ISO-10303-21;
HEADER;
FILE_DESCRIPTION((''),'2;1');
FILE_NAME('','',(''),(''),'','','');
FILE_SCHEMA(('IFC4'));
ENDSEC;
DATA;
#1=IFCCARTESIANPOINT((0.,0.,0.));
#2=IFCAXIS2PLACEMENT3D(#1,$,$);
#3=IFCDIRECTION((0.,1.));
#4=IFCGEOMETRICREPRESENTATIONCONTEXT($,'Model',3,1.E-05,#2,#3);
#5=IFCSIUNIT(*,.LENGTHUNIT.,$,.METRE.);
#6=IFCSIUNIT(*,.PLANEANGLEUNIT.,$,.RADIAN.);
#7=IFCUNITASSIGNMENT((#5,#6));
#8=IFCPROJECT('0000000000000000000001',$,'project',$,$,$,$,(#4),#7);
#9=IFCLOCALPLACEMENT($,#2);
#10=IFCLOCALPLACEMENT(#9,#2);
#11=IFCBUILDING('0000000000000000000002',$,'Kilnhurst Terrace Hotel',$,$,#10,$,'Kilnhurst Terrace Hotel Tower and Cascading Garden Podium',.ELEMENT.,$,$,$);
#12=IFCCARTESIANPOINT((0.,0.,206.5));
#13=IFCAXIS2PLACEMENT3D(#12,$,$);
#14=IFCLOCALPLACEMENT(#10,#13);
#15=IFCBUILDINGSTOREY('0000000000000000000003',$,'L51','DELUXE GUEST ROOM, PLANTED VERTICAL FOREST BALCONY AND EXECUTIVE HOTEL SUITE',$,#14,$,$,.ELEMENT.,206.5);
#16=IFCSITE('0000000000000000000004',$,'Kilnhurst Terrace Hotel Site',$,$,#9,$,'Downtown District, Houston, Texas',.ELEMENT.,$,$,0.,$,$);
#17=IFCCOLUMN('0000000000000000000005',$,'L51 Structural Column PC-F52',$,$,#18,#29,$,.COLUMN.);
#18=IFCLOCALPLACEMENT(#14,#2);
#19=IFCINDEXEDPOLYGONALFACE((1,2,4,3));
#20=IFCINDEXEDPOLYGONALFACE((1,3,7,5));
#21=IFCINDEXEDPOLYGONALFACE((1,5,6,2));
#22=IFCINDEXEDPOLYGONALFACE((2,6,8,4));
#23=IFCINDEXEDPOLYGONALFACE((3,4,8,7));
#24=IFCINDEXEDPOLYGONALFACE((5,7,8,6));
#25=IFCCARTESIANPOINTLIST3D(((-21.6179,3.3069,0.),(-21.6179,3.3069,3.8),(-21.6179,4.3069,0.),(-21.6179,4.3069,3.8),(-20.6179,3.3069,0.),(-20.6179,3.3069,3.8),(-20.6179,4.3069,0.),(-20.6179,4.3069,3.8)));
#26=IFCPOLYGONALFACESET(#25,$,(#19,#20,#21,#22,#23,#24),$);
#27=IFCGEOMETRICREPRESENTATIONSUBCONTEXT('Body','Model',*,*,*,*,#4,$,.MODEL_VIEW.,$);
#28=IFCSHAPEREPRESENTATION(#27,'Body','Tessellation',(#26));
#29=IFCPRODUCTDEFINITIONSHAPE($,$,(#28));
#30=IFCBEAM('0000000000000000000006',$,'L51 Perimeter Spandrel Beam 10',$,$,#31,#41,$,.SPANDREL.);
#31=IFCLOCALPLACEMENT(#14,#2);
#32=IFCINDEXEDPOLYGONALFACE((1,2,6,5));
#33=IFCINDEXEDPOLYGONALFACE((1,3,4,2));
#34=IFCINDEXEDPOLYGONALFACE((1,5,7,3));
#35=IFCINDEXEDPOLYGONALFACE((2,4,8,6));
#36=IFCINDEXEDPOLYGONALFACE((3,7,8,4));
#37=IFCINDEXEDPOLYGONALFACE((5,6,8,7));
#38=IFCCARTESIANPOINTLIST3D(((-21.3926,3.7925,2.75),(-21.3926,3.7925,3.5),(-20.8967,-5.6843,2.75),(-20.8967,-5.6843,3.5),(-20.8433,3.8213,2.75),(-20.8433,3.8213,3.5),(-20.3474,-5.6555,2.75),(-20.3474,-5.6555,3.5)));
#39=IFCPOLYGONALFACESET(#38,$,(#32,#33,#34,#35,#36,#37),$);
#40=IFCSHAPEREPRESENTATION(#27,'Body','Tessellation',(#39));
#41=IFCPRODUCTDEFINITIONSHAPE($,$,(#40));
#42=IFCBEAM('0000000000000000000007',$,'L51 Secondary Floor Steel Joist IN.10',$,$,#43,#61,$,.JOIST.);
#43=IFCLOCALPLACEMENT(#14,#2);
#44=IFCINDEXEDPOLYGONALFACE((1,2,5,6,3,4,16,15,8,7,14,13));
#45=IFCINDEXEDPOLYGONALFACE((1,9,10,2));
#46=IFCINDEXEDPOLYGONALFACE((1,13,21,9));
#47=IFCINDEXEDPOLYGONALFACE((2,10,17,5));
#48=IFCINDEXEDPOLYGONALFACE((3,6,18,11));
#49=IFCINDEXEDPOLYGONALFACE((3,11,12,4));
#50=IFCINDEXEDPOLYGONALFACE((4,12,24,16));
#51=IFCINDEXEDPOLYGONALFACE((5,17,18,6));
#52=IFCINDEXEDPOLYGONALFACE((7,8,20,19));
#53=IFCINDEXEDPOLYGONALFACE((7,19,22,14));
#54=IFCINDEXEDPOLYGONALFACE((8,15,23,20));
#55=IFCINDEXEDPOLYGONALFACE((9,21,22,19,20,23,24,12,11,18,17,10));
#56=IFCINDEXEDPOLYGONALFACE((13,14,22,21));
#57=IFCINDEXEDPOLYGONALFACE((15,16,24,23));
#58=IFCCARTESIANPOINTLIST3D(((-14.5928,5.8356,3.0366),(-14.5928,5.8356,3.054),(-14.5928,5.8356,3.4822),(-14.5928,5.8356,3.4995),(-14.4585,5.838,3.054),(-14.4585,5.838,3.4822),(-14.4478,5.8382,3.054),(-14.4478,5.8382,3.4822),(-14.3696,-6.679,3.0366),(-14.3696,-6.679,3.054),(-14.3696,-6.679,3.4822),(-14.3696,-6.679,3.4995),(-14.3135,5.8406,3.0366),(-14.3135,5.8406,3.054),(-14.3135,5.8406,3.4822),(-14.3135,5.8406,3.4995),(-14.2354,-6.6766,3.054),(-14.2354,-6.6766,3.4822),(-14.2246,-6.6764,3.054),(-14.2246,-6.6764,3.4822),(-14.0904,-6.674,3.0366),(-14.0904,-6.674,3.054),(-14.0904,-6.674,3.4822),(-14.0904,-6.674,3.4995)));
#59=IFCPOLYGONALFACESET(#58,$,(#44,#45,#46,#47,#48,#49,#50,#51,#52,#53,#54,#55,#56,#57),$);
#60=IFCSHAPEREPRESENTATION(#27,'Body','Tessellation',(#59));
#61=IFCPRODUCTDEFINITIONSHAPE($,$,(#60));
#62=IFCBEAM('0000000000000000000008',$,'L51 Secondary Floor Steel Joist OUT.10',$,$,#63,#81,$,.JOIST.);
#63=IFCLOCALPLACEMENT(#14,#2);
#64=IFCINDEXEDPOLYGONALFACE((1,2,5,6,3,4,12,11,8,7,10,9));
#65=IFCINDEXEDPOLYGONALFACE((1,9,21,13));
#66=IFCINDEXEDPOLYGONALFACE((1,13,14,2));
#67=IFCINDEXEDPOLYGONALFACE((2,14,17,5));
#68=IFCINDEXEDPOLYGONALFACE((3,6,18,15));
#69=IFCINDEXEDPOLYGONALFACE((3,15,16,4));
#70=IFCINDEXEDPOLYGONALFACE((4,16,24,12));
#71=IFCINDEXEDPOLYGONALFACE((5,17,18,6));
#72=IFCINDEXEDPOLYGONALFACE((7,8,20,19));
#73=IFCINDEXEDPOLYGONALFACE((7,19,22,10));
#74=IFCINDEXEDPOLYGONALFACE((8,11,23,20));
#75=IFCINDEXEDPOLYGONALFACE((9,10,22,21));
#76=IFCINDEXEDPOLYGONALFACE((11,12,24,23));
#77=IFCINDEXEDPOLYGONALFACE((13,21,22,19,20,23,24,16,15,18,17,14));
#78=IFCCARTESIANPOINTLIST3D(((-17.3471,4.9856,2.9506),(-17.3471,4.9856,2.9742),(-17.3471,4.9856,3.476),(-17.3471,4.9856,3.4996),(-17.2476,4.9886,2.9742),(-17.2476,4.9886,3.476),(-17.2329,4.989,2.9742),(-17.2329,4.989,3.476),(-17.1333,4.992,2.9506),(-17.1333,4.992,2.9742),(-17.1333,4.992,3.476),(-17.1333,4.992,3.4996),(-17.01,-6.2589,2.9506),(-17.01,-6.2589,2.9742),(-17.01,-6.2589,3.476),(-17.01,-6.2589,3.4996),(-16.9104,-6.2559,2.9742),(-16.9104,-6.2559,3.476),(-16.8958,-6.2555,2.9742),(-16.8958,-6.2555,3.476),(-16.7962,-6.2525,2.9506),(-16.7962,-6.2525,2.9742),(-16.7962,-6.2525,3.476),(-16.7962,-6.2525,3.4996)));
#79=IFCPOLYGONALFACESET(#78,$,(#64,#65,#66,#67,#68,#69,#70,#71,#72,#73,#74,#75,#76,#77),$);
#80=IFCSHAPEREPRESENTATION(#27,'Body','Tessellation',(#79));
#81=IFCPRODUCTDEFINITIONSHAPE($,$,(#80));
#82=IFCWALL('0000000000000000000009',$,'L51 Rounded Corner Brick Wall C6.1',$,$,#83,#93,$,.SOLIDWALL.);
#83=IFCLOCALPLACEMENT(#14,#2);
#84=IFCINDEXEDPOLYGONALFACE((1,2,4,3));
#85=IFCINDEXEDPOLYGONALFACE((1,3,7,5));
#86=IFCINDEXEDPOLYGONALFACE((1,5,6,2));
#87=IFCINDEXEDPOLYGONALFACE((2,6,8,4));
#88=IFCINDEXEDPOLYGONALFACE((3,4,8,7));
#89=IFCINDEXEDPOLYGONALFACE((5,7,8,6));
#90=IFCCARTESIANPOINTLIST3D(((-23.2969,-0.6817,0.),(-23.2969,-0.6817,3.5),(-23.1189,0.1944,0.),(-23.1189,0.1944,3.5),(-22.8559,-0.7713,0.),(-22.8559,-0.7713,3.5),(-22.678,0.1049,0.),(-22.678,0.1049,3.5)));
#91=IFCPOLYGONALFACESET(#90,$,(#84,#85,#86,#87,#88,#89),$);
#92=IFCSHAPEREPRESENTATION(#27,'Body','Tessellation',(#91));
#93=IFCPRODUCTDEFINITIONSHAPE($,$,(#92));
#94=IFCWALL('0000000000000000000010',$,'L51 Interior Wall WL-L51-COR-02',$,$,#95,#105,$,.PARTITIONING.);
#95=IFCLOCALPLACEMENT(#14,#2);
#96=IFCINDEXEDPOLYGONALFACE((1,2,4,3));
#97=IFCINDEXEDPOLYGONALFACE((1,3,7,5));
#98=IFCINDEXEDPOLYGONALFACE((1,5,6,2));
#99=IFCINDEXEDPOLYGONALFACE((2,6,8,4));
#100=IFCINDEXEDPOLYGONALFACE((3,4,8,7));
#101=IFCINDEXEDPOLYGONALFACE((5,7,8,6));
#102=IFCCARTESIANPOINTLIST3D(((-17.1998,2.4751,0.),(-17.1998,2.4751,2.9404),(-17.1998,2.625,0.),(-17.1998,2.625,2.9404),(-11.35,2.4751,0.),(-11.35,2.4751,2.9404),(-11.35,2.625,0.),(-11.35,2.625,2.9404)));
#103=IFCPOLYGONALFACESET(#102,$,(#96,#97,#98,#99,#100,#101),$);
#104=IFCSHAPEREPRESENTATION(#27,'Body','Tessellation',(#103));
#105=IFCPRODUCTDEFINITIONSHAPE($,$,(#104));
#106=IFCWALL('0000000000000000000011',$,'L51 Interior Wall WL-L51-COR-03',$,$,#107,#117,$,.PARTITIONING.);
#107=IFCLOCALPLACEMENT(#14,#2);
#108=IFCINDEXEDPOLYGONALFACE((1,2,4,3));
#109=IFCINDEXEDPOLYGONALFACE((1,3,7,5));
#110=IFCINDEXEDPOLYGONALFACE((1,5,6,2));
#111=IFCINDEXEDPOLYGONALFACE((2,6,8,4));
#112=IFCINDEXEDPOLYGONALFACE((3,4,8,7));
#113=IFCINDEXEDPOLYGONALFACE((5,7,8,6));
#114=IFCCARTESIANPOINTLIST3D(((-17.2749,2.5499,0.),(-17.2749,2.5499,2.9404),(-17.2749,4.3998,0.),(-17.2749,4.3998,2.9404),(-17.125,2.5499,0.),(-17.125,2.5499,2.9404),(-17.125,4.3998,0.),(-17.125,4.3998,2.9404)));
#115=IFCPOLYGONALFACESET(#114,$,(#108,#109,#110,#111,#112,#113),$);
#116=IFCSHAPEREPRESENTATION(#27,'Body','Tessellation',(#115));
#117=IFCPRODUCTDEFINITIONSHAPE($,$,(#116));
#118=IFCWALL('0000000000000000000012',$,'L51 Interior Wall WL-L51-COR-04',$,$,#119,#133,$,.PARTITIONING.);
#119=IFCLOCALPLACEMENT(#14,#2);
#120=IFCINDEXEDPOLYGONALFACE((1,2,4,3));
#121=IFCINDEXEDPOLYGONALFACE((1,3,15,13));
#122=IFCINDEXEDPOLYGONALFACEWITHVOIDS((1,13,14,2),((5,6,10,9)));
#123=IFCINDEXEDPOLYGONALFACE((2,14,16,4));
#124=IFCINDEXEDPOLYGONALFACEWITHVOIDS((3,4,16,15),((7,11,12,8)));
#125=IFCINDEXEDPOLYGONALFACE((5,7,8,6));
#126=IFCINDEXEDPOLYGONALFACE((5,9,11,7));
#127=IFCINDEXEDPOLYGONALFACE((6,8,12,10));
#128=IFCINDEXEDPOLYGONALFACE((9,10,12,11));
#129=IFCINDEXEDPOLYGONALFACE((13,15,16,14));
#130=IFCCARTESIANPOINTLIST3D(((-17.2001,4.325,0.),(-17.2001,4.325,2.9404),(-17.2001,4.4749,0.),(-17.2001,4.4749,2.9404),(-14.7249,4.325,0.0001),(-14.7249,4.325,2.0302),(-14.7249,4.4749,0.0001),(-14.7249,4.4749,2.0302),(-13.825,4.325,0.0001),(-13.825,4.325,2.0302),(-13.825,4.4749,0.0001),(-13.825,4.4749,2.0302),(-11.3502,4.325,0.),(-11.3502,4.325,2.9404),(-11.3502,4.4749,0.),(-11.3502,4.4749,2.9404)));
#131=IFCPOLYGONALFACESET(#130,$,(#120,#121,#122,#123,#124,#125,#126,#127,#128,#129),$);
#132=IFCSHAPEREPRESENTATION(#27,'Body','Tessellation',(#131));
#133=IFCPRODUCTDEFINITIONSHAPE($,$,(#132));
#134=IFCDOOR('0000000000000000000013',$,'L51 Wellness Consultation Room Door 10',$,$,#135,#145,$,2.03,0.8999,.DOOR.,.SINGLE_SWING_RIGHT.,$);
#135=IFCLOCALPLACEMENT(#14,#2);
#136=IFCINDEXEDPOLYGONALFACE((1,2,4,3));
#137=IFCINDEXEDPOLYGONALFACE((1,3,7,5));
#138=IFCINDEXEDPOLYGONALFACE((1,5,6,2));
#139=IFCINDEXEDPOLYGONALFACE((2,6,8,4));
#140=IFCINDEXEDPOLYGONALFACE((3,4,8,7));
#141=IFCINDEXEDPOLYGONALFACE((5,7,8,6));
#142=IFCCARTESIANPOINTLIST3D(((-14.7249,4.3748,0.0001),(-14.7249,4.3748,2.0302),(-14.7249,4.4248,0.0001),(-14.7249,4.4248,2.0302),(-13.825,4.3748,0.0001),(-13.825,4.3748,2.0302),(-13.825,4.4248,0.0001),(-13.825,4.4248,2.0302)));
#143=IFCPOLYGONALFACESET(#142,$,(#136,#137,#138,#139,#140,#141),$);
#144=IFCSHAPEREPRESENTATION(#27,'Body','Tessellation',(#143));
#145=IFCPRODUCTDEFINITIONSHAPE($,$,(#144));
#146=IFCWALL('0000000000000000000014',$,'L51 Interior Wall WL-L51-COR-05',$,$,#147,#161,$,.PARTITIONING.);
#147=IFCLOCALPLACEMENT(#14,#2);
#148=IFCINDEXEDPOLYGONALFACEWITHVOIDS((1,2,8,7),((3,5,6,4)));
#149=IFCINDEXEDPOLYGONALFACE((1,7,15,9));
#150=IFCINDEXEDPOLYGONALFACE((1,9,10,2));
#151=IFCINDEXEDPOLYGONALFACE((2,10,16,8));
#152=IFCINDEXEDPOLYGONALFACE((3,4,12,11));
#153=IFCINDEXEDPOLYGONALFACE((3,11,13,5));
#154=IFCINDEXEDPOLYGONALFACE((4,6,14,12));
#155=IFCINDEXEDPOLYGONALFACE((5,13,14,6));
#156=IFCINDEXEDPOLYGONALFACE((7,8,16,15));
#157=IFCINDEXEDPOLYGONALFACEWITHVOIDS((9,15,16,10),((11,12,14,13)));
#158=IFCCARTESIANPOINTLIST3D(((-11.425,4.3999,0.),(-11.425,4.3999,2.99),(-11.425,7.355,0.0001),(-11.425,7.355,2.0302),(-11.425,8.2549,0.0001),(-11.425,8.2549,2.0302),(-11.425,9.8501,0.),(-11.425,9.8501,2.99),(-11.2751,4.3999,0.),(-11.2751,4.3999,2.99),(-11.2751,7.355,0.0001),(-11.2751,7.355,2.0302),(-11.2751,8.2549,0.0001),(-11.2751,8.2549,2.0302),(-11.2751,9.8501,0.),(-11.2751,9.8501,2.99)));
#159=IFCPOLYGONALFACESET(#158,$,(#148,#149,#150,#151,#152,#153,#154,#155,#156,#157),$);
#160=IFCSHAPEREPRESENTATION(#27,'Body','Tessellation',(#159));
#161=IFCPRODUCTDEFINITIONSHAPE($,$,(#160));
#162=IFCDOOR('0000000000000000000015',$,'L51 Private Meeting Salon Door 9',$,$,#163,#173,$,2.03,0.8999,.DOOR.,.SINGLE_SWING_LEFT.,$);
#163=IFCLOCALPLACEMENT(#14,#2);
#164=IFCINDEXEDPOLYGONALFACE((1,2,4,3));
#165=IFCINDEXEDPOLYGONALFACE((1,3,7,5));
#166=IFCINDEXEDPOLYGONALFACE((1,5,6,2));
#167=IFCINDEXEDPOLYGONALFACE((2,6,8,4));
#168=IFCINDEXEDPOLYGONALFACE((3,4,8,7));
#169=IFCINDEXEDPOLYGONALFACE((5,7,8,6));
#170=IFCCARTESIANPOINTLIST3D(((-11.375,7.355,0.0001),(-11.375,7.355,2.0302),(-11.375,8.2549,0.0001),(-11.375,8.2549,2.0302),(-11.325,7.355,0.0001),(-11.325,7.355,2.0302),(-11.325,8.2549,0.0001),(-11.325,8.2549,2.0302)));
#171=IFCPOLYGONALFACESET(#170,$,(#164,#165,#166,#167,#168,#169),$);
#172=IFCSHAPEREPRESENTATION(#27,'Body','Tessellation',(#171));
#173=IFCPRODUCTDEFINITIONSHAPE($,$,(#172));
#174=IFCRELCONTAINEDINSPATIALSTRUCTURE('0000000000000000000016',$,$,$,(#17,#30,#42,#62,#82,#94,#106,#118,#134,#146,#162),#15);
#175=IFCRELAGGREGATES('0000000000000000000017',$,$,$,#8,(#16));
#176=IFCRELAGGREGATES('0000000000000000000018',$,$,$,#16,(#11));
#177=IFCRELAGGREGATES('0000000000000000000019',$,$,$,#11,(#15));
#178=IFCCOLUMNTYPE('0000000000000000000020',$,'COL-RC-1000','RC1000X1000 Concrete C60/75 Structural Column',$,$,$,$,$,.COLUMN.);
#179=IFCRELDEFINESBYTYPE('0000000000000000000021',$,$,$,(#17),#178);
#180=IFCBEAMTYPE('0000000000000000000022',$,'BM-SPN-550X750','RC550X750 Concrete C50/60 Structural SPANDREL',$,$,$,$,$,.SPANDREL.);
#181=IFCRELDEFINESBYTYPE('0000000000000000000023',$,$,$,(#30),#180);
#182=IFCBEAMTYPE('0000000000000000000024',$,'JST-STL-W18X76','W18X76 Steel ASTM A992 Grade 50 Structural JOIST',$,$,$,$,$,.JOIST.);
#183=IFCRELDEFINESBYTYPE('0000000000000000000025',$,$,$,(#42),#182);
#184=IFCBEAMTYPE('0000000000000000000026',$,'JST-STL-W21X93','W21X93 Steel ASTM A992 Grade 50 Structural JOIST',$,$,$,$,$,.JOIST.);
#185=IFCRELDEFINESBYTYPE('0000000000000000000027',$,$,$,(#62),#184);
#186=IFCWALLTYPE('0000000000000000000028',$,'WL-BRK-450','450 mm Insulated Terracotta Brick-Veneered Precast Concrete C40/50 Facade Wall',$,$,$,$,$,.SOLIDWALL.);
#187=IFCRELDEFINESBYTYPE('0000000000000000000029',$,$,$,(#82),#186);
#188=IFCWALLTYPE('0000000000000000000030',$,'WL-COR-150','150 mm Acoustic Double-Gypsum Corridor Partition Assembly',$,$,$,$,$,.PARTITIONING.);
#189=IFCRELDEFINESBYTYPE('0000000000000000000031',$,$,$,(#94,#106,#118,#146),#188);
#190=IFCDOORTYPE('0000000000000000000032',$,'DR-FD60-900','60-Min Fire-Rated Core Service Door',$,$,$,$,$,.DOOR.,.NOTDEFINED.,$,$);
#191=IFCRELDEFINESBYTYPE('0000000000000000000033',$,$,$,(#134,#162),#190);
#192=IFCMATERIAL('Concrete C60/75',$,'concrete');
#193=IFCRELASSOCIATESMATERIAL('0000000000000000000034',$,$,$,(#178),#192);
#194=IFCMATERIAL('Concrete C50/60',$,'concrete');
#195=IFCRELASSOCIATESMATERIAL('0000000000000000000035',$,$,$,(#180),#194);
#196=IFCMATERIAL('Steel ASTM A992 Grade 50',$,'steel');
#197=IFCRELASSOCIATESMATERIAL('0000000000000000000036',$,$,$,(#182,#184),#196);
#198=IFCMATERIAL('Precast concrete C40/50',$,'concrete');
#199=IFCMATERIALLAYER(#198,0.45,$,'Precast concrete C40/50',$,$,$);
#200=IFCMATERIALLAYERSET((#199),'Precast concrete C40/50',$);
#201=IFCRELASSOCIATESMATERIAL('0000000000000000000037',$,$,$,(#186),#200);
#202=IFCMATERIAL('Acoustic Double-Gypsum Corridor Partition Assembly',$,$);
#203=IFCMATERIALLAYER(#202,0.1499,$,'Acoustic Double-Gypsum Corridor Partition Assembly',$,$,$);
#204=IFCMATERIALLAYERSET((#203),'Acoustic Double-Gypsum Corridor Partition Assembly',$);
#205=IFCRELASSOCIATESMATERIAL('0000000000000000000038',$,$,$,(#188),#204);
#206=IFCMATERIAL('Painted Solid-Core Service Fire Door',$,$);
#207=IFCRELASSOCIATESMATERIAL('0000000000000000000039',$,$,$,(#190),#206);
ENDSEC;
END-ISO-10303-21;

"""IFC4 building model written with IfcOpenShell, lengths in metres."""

from ifc_helpers import new_model, si_unit, direction, frame, frame_2d, origin, origin_2d, place, context, subcontext, project, spatial, rectangle, i_section, extrude, material, layer, layer_set, material_profile, profile_set, type_object, element, fill, save


model = new_model("IFC4")

# Units and contexts
model_context = context("Model", 3, precision=1e-05, world=origin(), true_north=direction((0.0, 1.0)))
body_context = subcontext(model_context, "Body", "Model", "MODEL_VIEW")
ifc_project = project(units=[si_unit("LENGTHUNIT", "METRE"), si_unit("PLANEANGLEUNIT", "RADIAN")], contexts=[model_context])

# Site, building, storey
site_placement = place(None, origin())
site = spatial("IfcSite", under=ifc_project, at=site_placement, Name="Kilnhurst Terrace Hotel Site", LongName="Downtown District, Houston, Texas", CompositionType="ELEMENT", RefElevation=0.0)
building_placement = place(site_placement, origin())
building = spatial("IfcBuilding", under=site, at=building_placement, Name="Kilnhurst Terrace Hotel", LongName="Kilnhurst Terrace Hotel Tower and Cascading Garden Podium", CompositionType="ELEMENT")
storey_placement = place(building_placement, frame((0.0, 0.0, 206.5)))
storey = spatial("IfcBuildingStorey", under=building, at=storey_placement, Name="L51", Description="DELUXE GUEST ROOM, PLANTED VERTICAL FOREST BALCONY AND EXECUTIVE HOTEL SUITE", CompositionType="ELEMENT", Elevation=206.5)

# Column
ifc_material_1 = material(Name="Concrete C60/75", Category="concrete")
ifc_material_profile_1 = material_profile(ifc_material_1, rectangle(XDim=1.0, YDim=1.0, at=origin_2d()), Name="RC1000X1000")
ifc_profile_set_1 = profile_set([ifc_material_profile_1], Name="Concrete C60/75")
column_type = type_object("IfcColumnType", Name="COL-RC-1000", Description="RC1000X1000 Concrete C60/75 Structural Column", PredefinedType="COLUMN", material=ifc_profile_set_1)
column_placement = place(storey_placement, frame((-21.1179, 3.8069, 0.0), z_axis=(0.0, 0.0, 1.0), x_axis=(1.0, 0.0, 0.0)))
element("IfcColumn", 1, at=column_placement, inside=storey, type_object=column_type, Name="L51 Structural Column PC-F52", PredefinedType="COLUMN", context=body_context, shape_type="SweptSolid", body=[
    extrude(rectangle(XDim=1.0, YDim=1.0, at=origin_2d()), origin(), (0.0, 0.0, 1.0), 3.8),
])

# Beams
ifc_material_2 = material(Name="Concrete C50/60", Category="concrete")
ifc_material_profile_2 = material_profile(ifc_material_2, rectangle(XDim=0.55, YDim=0.75, at=origin_2d()), Name="RC550X750")
ifc_profile_set_2 = profile_set([ifc_material_profile_2], Name="Concrete C50/60")
beam_type_1 = type_object("IfcBeamType", Name="BM-SPN-550X750", Description="RC550X750 Concrete C50/60 Structural SPANDREL", PredefinedType="SPANDREL", material=ifc_profile_set_2)
beam_1_placement = place(storey_placement, frame((-21.1179, 3.8069, 3.125), z_axis=(0.052251, -0.998634, 0.0), x_axis=(0.998634, 0.052251, 0.0)))
element("IfcBeam", 2, at=beam_1_placement, inside=storey, type_object=beam_type_1, Name="L51 Perimeter Spandrel Beam 10", PredefinedType="SPANDREL", context=body_context, shape_type="SweptSolid", body=[
    extrude(rectangle(XDim=0.55, YDim=0.75, at=origin_2d()), origin(), (0.0, 0.0, 1.0), 9.4897),
])
ifc_material_3 = material(Name="Steel ASTM A992 Grade 50", Category="steel")
ifc_material_profile_3 = material_profile(ifc_material_3, i_section(OverallWidth=0.2793, OverallDepth=0.4629, WebThickness=0.0107, FlangeThickness=0.0173, at=origin_2d()), Name="W18X76")
ifc_profile_set_3 = profile_set([ifc_material_profile_3], Name="Steel ASTM A992 Grade 50")
beam_type_2 = type_object("IfcBeamType", Name="JST-STL-W18X76", Description="W18X76 Steel ASTM A992 Grade 50 Structural JOIST", PredefinedType="JOIST", material=ifc_profile_set_3)
beam_2_placement = place(storey_placement, frame((-14.4531, 5.8381, 3.2681), z_axis=(0.017828, -0.999841, 0.0), x_axis=(0.999841, 0.017828, 0.0)))
element("IfcBeam", 3, at=beam_2_placement, inside=storey, type_object=beam_type_2, Name="L51 Secondary Floor Steel Joist IN.10", PredefinedType="JOIST", context=body_context, shape_type="SweptSolid", body=[
    extrude(i_section(OverallWidth=0.2793, OverallDepth=0.4629, WebThickness=0.0107, FlangeThickness=0.0173, at=origin_2d()), origin(), (0.0, 0.0, 1.0), 12.5166),
])
ifc_material_profile_4 = material_profile(ifc_material_3, i_section(OverallWidth=0.2139, OverallDepth=0.5491, WebThickness=0.0146, FlangeThickness=0.0237, at=origin_2d()), Name="W21X93")
ifc_profile_set_4 = profile_set([ifc_material_profile_4], Name="Steel ASTM A992 Grade 50")
beam_type_3 = type_object("IfcBeamType", Name="JST-STL-W21X93", Description="W21X93 Steel ASTM A992 Grade 50 Structural JOIST", PredefinedType="JOIST", material=ifc_profile_set_4)
beam_3_placement = place(storey_placement, frame((-17.2402, 4.9888, 3.2251), z_axis=(0.029971, -0.999551, 0.0), x_axis=(0.999551, 0.029971, 0.0)))
element("IfcBeam", 4, at=beam_3_placement, inside=storey, type_object=beam_type_3, Name="L51 Secondary Floor Steel Joist OUT.10", PredefinedType="JOIST", context=body_context, shape_type="SweptSolid", body=[
    extrude(i_section(OverallWidth=0.2139, OverallDepth=0.5491, WebThickness=0.0146, FlangeThickness=0.0237, at=origin_2d()), origin(), (0.0, 0.0, 1.0), 11.2495),
])

# Walls
ifc_material_4 = material(Name="Precast concrete C40/50", Category="concrete")
ifc_layer_1 = layer(ifc_material_4, 0.45, Name="Precast concrete C40/50")
ifc_layer_set_1 = layer_set([ifc_layer_1], Name="Precast concrete C40/50")
wall_type_1 = type_object("IfcWallType", Name="WL-BRK-450", Description="450 mm Insulated Terracotta Brick-Veneered Precast Concrete C40/50 Facade Wall", PredefinedType="SOLIDWALL", material=ifc_layer_set_1)
wall_1_placement = place(storey_placement, frame((-22.8984, 0.1497, 0.0), z_axis=(0.0, 0.0, 1.0), x_axis=(-0.199056, -0.979988, 0.0)))
element("IfcWall", 5, at=wall_1_placement, inside=storey, type_object=wall_type_1, Name="L51 Rounded Corner Brick Wall C6.1", PredefinedType="SOLIDWALL", context=body_context, shape_type="SweptSolid", body=[
    extrude(rectangle(XDim=0.894, YDim=0.45, at=frame_2d((0.447, 0.0))), origin(), (0.0, 0.0, 1.0), 3.5),
])
ifc_material_5 = material(Name="Acoustic Double-Gypsum Corridor Partition Assembly")
ifc_layer_2 = layer(ifc_material_5, 0.1499, Name="Acoustic Double-Gypsum Corridor Partition Assembly")
ifc_layer_set_2 = layer_set([ifc_layer_2], Name="Acoustic Double-Gypsum Corridor Partition Assembly")
wall_type_2 = type_object("IfcWallType", Name="WL-COR-150", Description="150 mm Acoustic Double-Gypsum Corridor Partition Assembly", PredefinedType="PARTITIONING", material=ifc_layer_set_2)
wall_2_placement = place(storey_placement, frame((-11.3501, 2.55, 0.0), z_axis=(0.0, 0.0, 1.0), x_axis=(-1.0, 0.0, 0.0)))
element("IfcWall", 6, at=wall_2_placement, inside=storey, type_object=wall_type_2, Name="L51 Interior Wall WL-L51-COR-02", PredefinedType="PARTITIONING", context=body_context, shape_type="SweptSolid", body=[
    extrude(rectangle(XDim=5.8499, YDim=0.1499, at=frame_2d((2.9248, 0.0))), origin(), (0.0, 0.0, 1.0), 2.9404),
])
wall_3_placement = place(storey_placement, frame((-17.2, 2.55, 0.0), z_axis=(0.0, 0.0, 1.0), x_axis=(0.0, 1.0, 0.0)))
element("IfcWall", 7, at=wall_3_placement, inside=storey, type_object=wall_type_2, Name="L51 Interior Wall WL-L51-COR-03", PredefinedType="PARTITIONING", context=body_context, shape_type="SweptSolid", body=[
    extrude(rectangle(XDim=1.8499, YDim=0.1499, at=frame_2d((0.9248, 0.0))), origin(), (0.0, 0.0, 1.0), 2.9404),
])

# Walls, openings, doors
wall_4_placement = place(storey_placement, frame((-17.2, 4.3999, 0.0), z_axis=(0.0, 0.0, 1.0), x_axis=(1.0, 0.0, 0.0)))
wall_4 = element("IfcWall", 8, at=wall_4_placement, inside=storey, type_object=wall_type_2, Name="L51 Interior Wall WL-L51-COR-04", PredefinedType="PARTITIONING", context=body_context, shape_type="SweptSolid", body=[
    extrude(rectangle(XDim=5.8499, YDim=0.1499, at=frame_2d((2.9248, 0.0))), origin(), (0.0, 0.0, 1.0), 2.9404),
])
opening_1_placement = place(wall_4_placement, frame((2.4751, 0.0, 0.0)))
opening_1 = element("IfcOpeningElement", 9, at=opening_1_placement, cuts=wall_4, PredefinedType="OPENING", context=body_context, shape_type="SweptSolid", body=[
    extrude(rectangle(XDim=0.8999, YDim=2.03, at=frame_2d((0.45, 1.0151))), frame((0.0, 0.085, 0.0), z_axis=(0.0, -1.0, 0.0), x_axis=(1.0, 0.0, 0.0)), (0.0, 0.0, 1.0), 0.1699),
])
ifc_material_6 = material(Name="Painted Solid-Core Service Fire Door")
door_type = type_object("IfcDoorType", Name="DR-FD60-900", Description="60-Min Fire-Rated Core Service Door", OperationType="NOTDEFINED", PredefinedType="DOOR", material=ifc_material_6)
door_1_placement = place(opening_1_placement, origin())
door_1 = element("IfcDoor", 10, at=door_1_placement, inside=storey, type_object=door_type, Name="L51 Wellness Consultation Room Door 10", OperationType="SINGLE_SWING_RIGHT", OverallHeight=2.03, OverallWidth=0.8999, PredefinedType="DOOR", context=body_context, shape_type="SweptSolid", body=[
    extrude(rectangle(XDim=0.8999, YDim=2.03, at=frame_2d((0.45, 1.0151))), frame((0.0, 0.0249, 0.0), z_axis=(0.0, -1.0, 0.0), x_axis=(1.0, 0.0, 0.0)), (0.0, 0.0, 1.0), 0.05),
])
fill(opening_1, door_1)
wall_5_placement = place(storey_placement, frame((-11.3501, 4.3999, 0.0), z_axis=(0.0, 0.0, 1.0), x_axis=(0.0, 1.0, 0.0)))
wall_5 = element("IfcWall", 11, at=wall_5_placement, inside=storey, type_object=wall_type_2, Name="L51 Interior Wall WL-L51-COR-05", PredefinedType="PARTITIONING", context=body_context, shape_type="SweptSolid", body=[
    extrude(rectangle(XDim=5.4502, YDim=0.1499, at=frame_2d((2.7251, 0.0))), origin(), (0.0, 0.0, 1.0), 2.99),
])
opening_2_placement = place(wall_5_placement, frame((2.9551, 0.0, 0.0)))
opening_2 = element("IfcOpeningElement", 12, at=opening_2_placement, cuts=wall_5, PredefinedType="OPENING", context=body_context, shape_type="SweptSolid", body=[
    extrude(rectangle(XDim=0.8999, YDim=2.03, at=frame_2d((0.45, 1.0151))), frame((0.0, 0.085, 0.0), z_axis=(0.0, -1.0, 0.0), x_axis=(1.0, 0.0, 0.0)), (0.0, 0.0, 1.0), 0.1699),
])
door_2_placement = place(opening_2_placement, origin())
door_2 = element("IfcDoor", 13, at=door_2_placement, inside=storey, type_object=door_type, Name="L51 Private Meeting Salon Door 9", OperationType="SINGLE_SWING_LEFT", OverallHeight=2.03, OverallWidth=0.8999, PredefinedType="DOOR", context=body_context, shape_type="SweptSolid", body=[
    extrude(rectangle(XDim=0.8999, YDim=2.03, at=frame_2d((0.45, 1.0151))), frame((0.0, 0.0249, 0.0), z_axis=(0.0, -1.0, 0.0), x_axis=(1.0, 0.0, 0.0)), (0.0, 0.0, 1.0), 0.05),
])
fill(opening_2, door_2)

save(model, "model.ifc")
